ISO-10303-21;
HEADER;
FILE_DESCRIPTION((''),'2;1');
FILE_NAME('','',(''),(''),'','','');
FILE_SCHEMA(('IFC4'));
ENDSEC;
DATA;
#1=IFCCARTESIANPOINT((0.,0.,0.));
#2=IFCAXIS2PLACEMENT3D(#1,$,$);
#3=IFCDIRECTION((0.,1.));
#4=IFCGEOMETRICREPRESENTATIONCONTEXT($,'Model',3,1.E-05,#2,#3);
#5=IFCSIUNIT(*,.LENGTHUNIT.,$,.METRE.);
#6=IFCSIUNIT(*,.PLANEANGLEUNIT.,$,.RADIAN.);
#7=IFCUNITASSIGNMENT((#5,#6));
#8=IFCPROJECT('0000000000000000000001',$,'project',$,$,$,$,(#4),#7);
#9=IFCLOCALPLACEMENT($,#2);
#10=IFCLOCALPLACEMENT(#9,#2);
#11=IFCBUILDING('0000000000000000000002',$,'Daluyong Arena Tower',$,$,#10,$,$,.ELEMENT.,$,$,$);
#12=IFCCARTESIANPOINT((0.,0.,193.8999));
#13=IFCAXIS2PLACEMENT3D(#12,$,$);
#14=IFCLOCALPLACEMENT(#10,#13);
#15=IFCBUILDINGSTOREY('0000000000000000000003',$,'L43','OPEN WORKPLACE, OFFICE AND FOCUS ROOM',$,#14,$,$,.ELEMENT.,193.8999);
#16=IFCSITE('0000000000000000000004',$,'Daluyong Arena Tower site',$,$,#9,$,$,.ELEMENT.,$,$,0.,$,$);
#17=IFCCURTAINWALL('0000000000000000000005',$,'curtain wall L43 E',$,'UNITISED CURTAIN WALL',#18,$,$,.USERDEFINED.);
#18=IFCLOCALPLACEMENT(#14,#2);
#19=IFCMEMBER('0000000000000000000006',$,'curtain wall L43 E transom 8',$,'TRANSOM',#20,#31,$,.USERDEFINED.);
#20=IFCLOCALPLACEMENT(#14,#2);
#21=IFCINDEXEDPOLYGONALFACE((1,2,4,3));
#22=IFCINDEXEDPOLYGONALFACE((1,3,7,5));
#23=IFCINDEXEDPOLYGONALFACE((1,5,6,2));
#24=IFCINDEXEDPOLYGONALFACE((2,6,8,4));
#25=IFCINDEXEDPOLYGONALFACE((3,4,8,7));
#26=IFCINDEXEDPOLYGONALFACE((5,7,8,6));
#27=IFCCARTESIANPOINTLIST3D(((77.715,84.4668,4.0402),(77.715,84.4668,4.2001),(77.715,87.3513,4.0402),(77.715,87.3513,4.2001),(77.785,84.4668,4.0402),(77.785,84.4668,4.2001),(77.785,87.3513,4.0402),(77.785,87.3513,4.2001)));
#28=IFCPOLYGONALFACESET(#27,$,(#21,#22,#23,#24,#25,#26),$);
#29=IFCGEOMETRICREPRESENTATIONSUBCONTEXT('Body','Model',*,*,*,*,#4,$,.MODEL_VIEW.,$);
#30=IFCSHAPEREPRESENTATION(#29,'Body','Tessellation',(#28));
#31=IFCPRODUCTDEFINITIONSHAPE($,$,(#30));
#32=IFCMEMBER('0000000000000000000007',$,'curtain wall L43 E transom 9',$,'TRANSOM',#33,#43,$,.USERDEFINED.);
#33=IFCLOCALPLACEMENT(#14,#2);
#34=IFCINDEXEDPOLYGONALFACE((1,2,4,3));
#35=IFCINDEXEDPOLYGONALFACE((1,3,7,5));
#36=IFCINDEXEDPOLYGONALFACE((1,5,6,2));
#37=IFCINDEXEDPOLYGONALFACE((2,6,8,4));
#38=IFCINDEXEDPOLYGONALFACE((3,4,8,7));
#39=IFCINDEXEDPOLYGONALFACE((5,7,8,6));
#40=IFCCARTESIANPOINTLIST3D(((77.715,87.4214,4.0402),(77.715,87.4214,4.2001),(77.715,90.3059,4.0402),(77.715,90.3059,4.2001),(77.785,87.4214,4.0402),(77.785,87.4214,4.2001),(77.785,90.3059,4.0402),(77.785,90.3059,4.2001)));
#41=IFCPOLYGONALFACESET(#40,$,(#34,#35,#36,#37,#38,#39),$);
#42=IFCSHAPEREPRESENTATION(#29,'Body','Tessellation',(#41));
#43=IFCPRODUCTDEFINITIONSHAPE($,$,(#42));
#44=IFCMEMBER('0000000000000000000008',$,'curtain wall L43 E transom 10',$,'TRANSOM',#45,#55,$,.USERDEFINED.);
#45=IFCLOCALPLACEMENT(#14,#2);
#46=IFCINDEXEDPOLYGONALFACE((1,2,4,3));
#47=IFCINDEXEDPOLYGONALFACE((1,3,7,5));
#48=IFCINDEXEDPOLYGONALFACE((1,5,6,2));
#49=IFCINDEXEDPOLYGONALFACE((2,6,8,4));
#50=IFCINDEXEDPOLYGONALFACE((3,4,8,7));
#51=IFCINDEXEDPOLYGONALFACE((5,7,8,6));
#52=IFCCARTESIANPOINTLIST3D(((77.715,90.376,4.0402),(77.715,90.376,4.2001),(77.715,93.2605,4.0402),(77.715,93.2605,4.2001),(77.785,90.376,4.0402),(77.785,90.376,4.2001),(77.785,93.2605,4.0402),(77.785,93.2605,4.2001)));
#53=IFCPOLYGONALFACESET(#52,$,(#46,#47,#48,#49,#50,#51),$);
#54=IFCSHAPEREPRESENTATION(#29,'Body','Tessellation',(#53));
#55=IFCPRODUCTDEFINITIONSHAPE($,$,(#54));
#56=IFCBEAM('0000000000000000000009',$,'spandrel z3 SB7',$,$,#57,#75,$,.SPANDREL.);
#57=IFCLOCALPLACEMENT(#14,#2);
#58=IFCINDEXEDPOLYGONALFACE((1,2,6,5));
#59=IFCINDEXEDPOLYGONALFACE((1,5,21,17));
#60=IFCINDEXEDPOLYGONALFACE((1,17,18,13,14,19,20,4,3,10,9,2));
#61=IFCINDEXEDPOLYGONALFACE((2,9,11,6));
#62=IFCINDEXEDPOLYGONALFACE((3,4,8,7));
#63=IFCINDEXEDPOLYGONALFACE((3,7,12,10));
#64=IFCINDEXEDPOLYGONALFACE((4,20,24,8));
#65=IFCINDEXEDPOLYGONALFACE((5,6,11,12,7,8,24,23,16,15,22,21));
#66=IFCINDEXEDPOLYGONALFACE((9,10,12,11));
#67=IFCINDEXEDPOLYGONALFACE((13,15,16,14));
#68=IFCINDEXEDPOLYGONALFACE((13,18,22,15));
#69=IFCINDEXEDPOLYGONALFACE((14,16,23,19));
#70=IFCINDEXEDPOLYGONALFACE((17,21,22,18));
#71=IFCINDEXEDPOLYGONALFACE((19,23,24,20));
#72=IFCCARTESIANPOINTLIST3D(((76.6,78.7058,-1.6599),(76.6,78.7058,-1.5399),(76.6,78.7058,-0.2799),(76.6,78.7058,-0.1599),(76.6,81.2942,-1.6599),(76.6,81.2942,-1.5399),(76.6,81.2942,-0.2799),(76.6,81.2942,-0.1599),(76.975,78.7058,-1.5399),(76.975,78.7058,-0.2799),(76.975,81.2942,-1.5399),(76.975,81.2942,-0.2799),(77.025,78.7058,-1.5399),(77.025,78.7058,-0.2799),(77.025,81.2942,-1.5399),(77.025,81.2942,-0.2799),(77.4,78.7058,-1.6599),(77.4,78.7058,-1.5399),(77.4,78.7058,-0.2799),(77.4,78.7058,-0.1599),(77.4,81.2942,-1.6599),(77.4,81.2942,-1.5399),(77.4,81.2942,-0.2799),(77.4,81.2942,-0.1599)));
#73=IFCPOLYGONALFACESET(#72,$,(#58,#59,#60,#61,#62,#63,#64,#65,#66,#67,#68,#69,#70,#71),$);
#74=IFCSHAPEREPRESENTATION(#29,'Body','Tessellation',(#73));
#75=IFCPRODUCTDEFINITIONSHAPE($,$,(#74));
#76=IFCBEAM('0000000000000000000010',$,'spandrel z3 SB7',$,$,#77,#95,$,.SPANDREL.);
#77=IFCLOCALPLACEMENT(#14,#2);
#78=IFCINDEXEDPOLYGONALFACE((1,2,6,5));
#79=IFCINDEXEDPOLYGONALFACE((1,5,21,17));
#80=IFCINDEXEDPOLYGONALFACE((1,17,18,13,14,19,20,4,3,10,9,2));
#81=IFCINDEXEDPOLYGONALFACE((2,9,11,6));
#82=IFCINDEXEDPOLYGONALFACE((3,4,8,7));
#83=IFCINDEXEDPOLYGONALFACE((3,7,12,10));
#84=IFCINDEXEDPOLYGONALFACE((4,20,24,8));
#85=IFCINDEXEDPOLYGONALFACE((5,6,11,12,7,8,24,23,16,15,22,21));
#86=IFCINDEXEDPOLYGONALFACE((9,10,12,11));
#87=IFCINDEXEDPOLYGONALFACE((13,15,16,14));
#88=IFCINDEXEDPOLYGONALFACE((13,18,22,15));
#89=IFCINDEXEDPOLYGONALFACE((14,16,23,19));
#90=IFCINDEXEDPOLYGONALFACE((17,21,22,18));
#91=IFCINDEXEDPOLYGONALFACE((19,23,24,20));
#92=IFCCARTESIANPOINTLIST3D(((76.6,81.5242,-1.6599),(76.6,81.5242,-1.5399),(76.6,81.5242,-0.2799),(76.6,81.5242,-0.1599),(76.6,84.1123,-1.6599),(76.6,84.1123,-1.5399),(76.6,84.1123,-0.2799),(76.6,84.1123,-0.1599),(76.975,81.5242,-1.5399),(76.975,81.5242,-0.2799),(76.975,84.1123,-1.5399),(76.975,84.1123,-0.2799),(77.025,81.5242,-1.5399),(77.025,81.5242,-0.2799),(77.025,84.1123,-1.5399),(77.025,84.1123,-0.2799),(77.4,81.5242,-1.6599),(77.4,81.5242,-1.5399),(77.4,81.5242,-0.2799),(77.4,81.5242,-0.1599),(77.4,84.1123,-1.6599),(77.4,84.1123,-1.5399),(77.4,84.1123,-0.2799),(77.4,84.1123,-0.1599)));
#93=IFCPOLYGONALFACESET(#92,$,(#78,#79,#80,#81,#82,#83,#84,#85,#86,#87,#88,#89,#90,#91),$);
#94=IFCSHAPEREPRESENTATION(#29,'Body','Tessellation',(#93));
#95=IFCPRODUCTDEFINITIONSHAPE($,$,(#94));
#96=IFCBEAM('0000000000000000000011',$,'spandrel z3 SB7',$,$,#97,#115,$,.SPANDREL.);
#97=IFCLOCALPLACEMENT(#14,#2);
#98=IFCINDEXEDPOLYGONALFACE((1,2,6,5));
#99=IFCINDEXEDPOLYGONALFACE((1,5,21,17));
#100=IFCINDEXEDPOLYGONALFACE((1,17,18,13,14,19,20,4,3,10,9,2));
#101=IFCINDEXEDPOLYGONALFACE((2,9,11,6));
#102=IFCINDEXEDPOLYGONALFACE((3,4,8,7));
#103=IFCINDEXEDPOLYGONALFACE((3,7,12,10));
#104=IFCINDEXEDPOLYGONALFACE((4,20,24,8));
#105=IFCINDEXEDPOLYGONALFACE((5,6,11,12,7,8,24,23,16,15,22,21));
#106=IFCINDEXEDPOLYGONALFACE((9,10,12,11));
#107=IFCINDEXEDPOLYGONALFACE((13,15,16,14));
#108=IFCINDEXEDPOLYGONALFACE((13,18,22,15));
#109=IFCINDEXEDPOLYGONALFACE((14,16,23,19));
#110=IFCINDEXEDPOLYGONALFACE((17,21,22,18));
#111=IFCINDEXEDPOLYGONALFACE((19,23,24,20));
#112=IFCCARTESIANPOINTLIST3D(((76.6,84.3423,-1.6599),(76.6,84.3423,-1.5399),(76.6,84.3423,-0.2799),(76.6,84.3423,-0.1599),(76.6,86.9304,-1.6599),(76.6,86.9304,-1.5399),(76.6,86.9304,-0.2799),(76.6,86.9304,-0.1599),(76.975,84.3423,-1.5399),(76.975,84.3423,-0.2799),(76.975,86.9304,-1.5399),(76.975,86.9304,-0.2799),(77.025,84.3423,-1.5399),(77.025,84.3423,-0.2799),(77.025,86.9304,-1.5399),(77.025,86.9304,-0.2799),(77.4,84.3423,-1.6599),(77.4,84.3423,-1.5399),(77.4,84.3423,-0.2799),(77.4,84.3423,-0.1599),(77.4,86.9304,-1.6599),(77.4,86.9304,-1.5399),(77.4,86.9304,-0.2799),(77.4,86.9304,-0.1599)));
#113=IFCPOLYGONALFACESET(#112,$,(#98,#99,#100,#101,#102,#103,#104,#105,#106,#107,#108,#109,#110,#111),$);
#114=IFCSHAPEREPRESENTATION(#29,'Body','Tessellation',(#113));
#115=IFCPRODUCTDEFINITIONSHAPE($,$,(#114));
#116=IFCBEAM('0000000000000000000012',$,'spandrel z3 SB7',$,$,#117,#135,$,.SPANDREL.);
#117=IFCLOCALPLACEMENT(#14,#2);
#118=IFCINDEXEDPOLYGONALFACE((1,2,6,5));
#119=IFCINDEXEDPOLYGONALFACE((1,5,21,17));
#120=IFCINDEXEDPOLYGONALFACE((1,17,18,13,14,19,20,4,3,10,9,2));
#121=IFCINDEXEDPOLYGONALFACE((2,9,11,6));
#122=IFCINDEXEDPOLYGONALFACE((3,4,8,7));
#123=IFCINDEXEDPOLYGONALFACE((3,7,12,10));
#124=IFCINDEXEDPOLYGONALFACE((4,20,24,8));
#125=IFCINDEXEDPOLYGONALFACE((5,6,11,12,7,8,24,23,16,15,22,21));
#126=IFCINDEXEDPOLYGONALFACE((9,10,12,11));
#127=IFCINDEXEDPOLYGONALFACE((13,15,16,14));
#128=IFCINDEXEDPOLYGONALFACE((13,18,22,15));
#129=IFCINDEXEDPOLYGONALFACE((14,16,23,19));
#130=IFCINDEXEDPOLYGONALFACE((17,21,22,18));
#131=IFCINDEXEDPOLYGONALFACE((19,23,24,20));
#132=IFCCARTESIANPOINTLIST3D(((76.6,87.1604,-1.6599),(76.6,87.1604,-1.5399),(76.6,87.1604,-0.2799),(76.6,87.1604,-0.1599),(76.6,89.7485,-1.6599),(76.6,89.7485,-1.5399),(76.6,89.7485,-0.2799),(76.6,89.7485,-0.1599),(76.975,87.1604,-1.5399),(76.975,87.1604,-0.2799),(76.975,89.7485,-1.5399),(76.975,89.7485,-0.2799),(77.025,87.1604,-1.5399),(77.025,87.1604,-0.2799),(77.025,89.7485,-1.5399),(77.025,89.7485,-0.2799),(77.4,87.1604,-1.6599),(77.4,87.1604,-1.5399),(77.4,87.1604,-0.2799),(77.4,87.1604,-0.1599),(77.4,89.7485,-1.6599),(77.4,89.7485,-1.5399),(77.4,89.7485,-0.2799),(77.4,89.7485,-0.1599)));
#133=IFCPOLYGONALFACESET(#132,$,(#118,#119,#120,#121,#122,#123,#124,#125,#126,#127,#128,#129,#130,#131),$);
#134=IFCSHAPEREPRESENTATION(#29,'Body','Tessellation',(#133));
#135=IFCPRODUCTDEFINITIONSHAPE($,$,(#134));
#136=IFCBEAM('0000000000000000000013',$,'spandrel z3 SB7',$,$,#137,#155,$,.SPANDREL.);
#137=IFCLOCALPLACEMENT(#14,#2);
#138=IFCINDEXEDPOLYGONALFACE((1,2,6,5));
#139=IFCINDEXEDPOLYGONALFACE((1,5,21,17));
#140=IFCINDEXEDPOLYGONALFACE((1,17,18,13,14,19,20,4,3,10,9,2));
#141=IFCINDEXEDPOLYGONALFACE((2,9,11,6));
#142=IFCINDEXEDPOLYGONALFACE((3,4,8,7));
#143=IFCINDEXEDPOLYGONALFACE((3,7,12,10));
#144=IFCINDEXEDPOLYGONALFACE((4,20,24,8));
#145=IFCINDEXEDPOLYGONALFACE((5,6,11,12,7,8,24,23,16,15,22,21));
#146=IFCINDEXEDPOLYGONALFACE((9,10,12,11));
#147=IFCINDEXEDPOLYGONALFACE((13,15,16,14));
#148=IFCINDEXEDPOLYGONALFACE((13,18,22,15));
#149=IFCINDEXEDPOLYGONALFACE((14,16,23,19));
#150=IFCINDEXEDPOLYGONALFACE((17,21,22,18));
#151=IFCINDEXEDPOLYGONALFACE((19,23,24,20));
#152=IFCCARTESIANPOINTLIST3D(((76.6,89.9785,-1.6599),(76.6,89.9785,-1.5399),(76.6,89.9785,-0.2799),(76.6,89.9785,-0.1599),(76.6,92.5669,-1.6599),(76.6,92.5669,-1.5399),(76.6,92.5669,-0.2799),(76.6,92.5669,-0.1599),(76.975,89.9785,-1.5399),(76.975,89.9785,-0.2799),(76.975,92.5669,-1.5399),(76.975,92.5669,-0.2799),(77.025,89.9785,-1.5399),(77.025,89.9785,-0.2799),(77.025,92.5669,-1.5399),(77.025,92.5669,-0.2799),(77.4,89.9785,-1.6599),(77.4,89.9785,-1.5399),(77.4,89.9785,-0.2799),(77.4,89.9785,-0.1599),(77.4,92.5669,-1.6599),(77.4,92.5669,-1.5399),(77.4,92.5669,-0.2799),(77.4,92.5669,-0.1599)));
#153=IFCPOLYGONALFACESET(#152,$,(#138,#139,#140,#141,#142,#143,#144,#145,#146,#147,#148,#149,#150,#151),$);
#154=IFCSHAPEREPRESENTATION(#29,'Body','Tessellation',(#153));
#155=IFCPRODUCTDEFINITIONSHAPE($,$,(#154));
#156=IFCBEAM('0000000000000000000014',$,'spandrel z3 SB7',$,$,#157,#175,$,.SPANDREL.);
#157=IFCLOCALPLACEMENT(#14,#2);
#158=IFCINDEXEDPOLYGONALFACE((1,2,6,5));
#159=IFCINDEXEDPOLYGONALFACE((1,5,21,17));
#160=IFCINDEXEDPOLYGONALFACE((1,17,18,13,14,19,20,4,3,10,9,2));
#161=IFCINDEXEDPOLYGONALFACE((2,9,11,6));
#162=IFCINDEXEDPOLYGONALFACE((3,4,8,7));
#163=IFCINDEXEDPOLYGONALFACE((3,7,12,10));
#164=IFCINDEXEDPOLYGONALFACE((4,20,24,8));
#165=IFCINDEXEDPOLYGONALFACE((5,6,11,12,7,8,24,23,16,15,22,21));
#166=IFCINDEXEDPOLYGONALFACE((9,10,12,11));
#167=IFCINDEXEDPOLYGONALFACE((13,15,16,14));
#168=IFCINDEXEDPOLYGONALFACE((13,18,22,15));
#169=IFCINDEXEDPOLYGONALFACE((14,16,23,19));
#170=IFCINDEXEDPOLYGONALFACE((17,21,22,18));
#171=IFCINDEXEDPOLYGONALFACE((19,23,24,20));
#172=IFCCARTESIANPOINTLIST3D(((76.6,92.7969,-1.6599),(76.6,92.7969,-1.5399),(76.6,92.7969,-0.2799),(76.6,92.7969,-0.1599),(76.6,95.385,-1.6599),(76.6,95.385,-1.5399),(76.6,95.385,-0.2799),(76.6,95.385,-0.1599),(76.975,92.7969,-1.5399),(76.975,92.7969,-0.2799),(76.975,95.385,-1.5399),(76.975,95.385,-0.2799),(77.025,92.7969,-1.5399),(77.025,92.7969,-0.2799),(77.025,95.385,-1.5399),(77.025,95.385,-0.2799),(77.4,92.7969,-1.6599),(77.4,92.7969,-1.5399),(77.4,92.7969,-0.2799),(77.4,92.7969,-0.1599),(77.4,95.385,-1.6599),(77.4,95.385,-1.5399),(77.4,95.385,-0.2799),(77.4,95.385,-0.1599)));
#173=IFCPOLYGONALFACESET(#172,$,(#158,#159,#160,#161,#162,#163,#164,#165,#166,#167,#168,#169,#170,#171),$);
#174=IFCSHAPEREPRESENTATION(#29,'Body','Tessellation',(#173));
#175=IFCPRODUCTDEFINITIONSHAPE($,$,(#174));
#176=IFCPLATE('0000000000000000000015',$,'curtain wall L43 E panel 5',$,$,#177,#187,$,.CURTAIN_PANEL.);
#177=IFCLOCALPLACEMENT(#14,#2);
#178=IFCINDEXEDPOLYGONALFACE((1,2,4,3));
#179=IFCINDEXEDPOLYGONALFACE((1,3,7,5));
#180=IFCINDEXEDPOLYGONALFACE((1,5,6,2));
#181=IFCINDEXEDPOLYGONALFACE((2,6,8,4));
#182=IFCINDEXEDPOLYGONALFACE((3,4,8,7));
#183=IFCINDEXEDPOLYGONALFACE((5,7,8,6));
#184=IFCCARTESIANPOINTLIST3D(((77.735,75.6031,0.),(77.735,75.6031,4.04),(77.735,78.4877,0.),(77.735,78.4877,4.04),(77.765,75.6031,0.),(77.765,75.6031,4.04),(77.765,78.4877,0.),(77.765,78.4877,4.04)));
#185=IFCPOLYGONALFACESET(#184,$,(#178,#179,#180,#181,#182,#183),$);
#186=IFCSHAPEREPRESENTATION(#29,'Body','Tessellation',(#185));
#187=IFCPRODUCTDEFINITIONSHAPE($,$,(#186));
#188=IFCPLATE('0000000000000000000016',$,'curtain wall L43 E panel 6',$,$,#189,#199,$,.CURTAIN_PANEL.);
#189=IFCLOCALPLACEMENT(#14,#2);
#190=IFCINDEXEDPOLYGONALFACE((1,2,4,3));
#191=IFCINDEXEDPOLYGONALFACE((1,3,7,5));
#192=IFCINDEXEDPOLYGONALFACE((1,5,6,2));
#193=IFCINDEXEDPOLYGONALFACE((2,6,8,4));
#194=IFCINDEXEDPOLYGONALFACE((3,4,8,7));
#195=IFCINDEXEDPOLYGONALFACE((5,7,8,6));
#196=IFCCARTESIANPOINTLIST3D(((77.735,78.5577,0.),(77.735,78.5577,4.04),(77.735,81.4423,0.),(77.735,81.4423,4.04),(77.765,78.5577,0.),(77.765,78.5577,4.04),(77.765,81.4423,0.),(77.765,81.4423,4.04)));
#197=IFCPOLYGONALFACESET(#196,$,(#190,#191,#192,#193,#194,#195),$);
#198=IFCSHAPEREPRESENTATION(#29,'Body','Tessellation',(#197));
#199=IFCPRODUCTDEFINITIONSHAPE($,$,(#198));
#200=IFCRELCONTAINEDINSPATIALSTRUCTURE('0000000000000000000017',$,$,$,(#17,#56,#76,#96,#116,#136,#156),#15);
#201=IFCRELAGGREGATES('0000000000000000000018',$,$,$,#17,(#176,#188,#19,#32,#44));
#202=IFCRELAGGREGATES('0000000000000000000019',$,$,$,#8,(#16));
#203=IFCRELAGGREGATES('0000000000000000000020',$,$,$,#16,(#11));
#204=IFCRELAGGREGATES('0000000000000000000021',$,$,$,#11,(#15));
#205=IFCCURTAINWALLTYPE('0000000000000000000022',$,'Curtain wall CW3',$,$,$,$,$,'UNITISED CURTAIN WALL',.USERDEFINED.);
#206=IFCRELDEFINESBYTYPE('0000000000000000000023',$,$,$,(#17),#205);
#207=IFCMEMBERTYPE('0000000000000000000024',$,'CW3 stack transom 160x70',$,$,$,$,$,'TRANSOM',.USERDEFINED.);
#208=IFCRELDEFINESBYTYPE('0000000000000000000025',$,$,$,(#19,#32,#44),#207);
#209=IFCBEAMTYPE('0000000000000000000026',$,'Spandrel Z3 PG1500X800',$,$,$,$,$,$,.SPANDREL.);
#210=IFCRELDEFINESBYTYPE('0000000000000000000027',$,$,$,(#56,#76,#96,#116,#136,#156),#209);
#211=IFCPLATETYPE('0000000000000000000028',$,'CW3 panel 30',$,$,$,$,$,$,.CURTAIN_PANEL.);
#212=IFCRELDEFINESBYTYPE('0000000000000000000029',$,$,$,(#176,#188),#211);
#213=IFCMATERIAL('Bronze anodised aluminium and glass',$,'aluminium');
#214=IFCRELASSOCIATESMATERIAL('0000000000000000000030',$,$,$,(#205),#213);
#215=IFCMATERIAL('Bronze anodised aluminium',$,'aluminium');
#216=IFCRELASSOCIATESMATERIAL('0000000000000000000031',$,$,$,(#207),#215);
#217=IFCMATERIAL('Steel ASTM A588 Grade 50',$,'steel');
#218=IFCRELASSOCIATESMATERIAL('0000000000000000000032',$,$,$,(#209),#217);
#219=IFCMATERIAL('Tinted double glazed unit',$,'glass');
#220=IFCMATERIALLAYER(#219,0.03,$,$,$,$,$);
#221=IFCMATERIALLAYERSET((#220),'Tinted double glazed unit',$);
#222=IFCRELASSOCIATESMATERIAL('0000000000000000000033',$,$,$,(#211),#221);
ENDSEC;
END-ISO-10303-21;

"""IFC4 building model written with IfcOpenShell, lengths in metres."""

from ifc_helpers import new_model, si_unit, direction, frame, origin, origin_2d, place, context, subcontext, project, spatial, rectangle, i_section, extrude, material, layer, layer_set, material_profile, profile_set, type_object, element, aggregate, save


model = new_model("IFC4")

# Units and contexts
model_context = context("Model", 3, precision=1e-05, world=origin(), true_north=direction((0.0, 1.0)))
body_context = subcontext(model_context, "Body", "Model", "MODEL_VIEW")
ifc_project = project(units=[si_unit("LENGTHUNIT", "METRE"), si_unit("PLANEANGLEUNIT", "RADIAN")], contexts=[model_context])

# Site, building, storey
site_placement = place(None, origin())
site = spatial("IfcSite", under=ifc_project, at=site_placement, Name="Daluyong Arena Tower site", CompositionType="ELEMENT", RefElevation=0.0)
building_placement = place(site_placement, origin())
building = spatial("IfcBuilding", under=site, at=building_placement, Name="Daluyong Arena Tower", CompositionType="ELEMENT")
storey_placement = place(building_placement, frame((0.0, 0.0, 193.8999)))
storey = spatial("IfcBuildingStorey", under=building, at=storey_placement, Name="L43", Description="OPEN WORKPLACE, OFFICE AND FOCUS ROOM", CompositionType="ELEMENT", Elevation=193.8999)

# Curtain wall, members
ifc_material_1 = material(Name="Bronze anodised aluminium and glass", Category="aluminium")
curtain_wall_type = type_object("IfcCurtainWallType", Name="Curtain wall CW3", ElementType="UNITISED CURTAIN WALL", PredefinedType="USERDEFINED", material=ifc_material_1)
curtain_wall_placement = place(storey_placement, origin())
curtain_wall = element("IfcCurtainWall", 1, at=curtain_wall_placement, inside=storey, type_object=curtain_wall_type, Name="curtain wall L43 E", ObjectType="UNITISED CURTAIN WALL", PredefinedType="USERDEFINED")
ifc_material_2 = material(Name="Bronze anodised aluminium", Category="aluminium")
ifc_material_profile_1 = material_profile(ifc_material_2, rectangle(XDim=0.0701, YDim=0.1599, at=origin_2d()))
ifc_profile_set_1 = profile_set([ifc_material_profile_1], Name="Bronze anodised aluminium")
member_type_1 = type_object("IfcMemberType", Name="CW3 stack transom 160x70", ElementType="TRANSOM", PredefinedType="USERDEFINED", material=ifc_profile_set_1)
member_1_placement = place(storey_placement, frame((77.75, 84.4668, 4.1201), z_axis=(0.0, 1.0, 0.0), x_axis=(-1.0, 0.0, 0.0)))
member_1 = element("IfcMember", 2, at=member_1_placement, type_object=member_type_1, Name="curtain wall L43 E transom 8", ObjectType="TRANSOM", PredefinedType="USERDEFINED", context=body_context, shape_type="SweptSolid", body=[
    extrude(rectangle(XDim=0.0701, YDim=0.1599, at=origin_2d()), origin(), (0.0, 0.0, 1.0), 2.8845),
])
member_2_placement = place(storey_placement, frame((77.75, 87.4214, 4.1201), z_axis=(0.0, 1.0, 0.0), x_axis=(-1.0, 0.0, 0.0)))
member_2 = element("IfcMember", 3, at=member_2_placement, type_object=member_type_1, Name="curtain wall L43 E transom 9", ObjectType="TRANSOM", PredefinedType="USERDEFINED", context=body_context, shape_type="SweptSolid", body=[
    extrude(rectangle(XDim=0.0701, YDim=0.1599, at=origin_2d()), origin(), (0.0, 0.0, 1.0), 2.8845),
])
member_3_placement = place(storey_placement, frame((77.75, 90.376, 4.1201), z_axis=(0.0, 1.0, 0.0), x_axis=(-1.0, 0.0, 0.0)))
member_3 = element("IfcMember", 4, at=member_3_placement, type_object=member_type_1, Name="curtain wall L43 E transom 10", ObjectType="TRANSOM", PredefinedType="USERDEFINED", context=body_context, shape_type="SweptSolid", body=[
    extrude(rectangle(XDim=0.0701, YDim=0.1599, at=origin_2d()), origin(), (0.0, 0.0, 1.0), 2.8845),
])

# Beams
ifc_material_3 = material(Name="Steel ASTM A588 Grade 50", Category="steel")
ifc_material_profile_2 = material_profile(ifc_material_3, i_section(OverallWidth=0.8, OverallDepth=1.5, WebThickness=0.05, FlangeThickness=0.12, at=origin_2d()))
ifc_profile_set_2 = profile_set([ifc_material_profile_2], Name="Steel ASTM A588 Grade 50")
beam_type = type_object("IfcBeamType", Name="Spandrel Z3 PG1500X800", PredefinedType="SPANDREL", material=ifc_profile_set_2)
beam_1_placement = place(storey_placement, frame((77.0, 78.7058, -0.9099), z_axis=(0.0, 1.0, 0.0), x_axis=(-1.0, 0.0, 0.0)))
element("IfcBeam", 5, at=beam_1_placement, inside=storey, type_object=beam_type, Name="spandrel z3 SB7", PredefinedType="SPANDREL", context=body_context, shape_type="SweptSolid", body=[
    extrude(i_section(OverallWidth=0.8, OverallDepth=1.5, WebThickness=0.05, FlangeThickness=0.12, at=origin_2d()), origin(), (0.0, 0.0, 1.0), 2.5884),
])
for number, where, z_axis, x_axis, name in (
    (6, (77.0, 81.5242, -0.9099), (0.0, 1.0, 0.0), (-1.0, 0.0, 0.0), "spandrel z3 SB7"),
    (7, (77.0, 84.3423, -0.9099), (0.0, 1.0, 0.0), (-1.0, 0.0, 0.0), "spandrel z3 SB7"),
    (8, (77.0, 87.1604, -0.9099), (0.0, 1.0, 0.0), (-1.0, 0.0, 0.0), "spandrel z3 SB7"),
):
    element("IfcBeam", number, at=place(storey_placement, frame(where, z_axis=z_axis, x_axis=x_axis)), inside=storey, type_object=beam_type, Name=name, PredefinedType="SPANDREL", context=body_context, shape_type="SweptSolid", body=[
        extrude(i_section(OverallWidth=0.8, OverallDepth=1.5, WebThickness=0.05, FlangeThickness=0.12, at=origin_2d()), origin(), (0.0, 0.0, 1.0), 2.5881),
    ])
beam_2_placement = place(storey_placement, frame((77.0, 89.9785, -0.9099), z_axis=(0.0, 1.0, 0.0), x_axis=(-1.0, 0.0, 0.0)))
element("IfcBeam", 9, at=beam_2_placement, inside=storey, type_object=beam_type, Name="spandrel z3 SB7", PredefinedType="SPANDREL", context=body_context, shape_type="SweptSolid", body=[
    extrude(i_section(OverallWidth=0.8, OverallDepth=1.5, WebThickness=0.05, FlangeThickness=0.12, at=origin_2d()), origin(), (0.0, 0.0, 1.0), 2.5884),
])
beam_3_placement = place(storey_placement, frame((77.0, 92.7969, -0.9099), z_axis=(0.0, 1.0, 0.0), x_axis=(-1.0, 0.0, 0.0)))
element("IfcBeam", 10, at=beam_3_placement, inside=storey, type_object=beam_type, Name="spandrel z3 SB7", PredefinedType="SPANDREL", context=body_context, shape_type="SweptSolid", body=[
    extrude(i_section(OverallWidth=0.8, OverallDepth=1.5, WebThickness=0.05, FlangeThickness=0.12, at=origin_2d()), origin(), (0.0, 0.0, 1.0), 2.5881),
])

# Plates
ifc_material_4 = material(Name="Tinted double glazed unit", Category="glass")
ifc_layer = layer(ifc_material_4, 0.03)
ifc_layer_set = layer_set([ifc_layer], Name="Tinted double glazed unit")
plate_type = type_object("IfcPlateType", Name="CW3 panel 30", PredefinedType="CURTAIN_PANEL", material=ifc_layer_set)
plate_1_placement = place(storey_placement, frame((77.75, 77.0454, 0.0), z_axis=(0.0, 0.0, 1.0), x_axis=(0.0, 1.0, 0.0)))
plate_1 = element("IfcPlate", 11, at=plate_1_placement, type_object=plate_type, Name="curtain wall L43 E panel 5", PredefinedType="CURTAIN_PANEL", context=body_context, shape_type="SweptSolid", body=[
    extrude(rectangle(XDim=2.8845, YDim=0.03, at=origin_2d()), origin(), (0.0, 0.0, 1.0), 4.04),
])
plate_2_placement = place(storey_placement, frame((77.75, 80.0, 0.0), z_axis=(0.0, 0.0, 1.0), x_axis=(0.0, 1.0, 0.0)))
plate_2 = element("IfcPlate", 12, at=plate_2_placement, type_object=plate_type, Name="curtain wall L43 E panel 6", PredefinedType="CURTAIN_PANEL", context=body_context, shape_type="SweptSolid", body=[
    extrude(rectangle(XDim=2.8845, YDim=0.03, at=origin_2d()), origin(), (0.0, 0.0, 1.0), 4.04),
])
aggregate(curtain_wall, [plate_1, plate_2, member_1, member_2, member_3])

save(model, "model.ifc")
